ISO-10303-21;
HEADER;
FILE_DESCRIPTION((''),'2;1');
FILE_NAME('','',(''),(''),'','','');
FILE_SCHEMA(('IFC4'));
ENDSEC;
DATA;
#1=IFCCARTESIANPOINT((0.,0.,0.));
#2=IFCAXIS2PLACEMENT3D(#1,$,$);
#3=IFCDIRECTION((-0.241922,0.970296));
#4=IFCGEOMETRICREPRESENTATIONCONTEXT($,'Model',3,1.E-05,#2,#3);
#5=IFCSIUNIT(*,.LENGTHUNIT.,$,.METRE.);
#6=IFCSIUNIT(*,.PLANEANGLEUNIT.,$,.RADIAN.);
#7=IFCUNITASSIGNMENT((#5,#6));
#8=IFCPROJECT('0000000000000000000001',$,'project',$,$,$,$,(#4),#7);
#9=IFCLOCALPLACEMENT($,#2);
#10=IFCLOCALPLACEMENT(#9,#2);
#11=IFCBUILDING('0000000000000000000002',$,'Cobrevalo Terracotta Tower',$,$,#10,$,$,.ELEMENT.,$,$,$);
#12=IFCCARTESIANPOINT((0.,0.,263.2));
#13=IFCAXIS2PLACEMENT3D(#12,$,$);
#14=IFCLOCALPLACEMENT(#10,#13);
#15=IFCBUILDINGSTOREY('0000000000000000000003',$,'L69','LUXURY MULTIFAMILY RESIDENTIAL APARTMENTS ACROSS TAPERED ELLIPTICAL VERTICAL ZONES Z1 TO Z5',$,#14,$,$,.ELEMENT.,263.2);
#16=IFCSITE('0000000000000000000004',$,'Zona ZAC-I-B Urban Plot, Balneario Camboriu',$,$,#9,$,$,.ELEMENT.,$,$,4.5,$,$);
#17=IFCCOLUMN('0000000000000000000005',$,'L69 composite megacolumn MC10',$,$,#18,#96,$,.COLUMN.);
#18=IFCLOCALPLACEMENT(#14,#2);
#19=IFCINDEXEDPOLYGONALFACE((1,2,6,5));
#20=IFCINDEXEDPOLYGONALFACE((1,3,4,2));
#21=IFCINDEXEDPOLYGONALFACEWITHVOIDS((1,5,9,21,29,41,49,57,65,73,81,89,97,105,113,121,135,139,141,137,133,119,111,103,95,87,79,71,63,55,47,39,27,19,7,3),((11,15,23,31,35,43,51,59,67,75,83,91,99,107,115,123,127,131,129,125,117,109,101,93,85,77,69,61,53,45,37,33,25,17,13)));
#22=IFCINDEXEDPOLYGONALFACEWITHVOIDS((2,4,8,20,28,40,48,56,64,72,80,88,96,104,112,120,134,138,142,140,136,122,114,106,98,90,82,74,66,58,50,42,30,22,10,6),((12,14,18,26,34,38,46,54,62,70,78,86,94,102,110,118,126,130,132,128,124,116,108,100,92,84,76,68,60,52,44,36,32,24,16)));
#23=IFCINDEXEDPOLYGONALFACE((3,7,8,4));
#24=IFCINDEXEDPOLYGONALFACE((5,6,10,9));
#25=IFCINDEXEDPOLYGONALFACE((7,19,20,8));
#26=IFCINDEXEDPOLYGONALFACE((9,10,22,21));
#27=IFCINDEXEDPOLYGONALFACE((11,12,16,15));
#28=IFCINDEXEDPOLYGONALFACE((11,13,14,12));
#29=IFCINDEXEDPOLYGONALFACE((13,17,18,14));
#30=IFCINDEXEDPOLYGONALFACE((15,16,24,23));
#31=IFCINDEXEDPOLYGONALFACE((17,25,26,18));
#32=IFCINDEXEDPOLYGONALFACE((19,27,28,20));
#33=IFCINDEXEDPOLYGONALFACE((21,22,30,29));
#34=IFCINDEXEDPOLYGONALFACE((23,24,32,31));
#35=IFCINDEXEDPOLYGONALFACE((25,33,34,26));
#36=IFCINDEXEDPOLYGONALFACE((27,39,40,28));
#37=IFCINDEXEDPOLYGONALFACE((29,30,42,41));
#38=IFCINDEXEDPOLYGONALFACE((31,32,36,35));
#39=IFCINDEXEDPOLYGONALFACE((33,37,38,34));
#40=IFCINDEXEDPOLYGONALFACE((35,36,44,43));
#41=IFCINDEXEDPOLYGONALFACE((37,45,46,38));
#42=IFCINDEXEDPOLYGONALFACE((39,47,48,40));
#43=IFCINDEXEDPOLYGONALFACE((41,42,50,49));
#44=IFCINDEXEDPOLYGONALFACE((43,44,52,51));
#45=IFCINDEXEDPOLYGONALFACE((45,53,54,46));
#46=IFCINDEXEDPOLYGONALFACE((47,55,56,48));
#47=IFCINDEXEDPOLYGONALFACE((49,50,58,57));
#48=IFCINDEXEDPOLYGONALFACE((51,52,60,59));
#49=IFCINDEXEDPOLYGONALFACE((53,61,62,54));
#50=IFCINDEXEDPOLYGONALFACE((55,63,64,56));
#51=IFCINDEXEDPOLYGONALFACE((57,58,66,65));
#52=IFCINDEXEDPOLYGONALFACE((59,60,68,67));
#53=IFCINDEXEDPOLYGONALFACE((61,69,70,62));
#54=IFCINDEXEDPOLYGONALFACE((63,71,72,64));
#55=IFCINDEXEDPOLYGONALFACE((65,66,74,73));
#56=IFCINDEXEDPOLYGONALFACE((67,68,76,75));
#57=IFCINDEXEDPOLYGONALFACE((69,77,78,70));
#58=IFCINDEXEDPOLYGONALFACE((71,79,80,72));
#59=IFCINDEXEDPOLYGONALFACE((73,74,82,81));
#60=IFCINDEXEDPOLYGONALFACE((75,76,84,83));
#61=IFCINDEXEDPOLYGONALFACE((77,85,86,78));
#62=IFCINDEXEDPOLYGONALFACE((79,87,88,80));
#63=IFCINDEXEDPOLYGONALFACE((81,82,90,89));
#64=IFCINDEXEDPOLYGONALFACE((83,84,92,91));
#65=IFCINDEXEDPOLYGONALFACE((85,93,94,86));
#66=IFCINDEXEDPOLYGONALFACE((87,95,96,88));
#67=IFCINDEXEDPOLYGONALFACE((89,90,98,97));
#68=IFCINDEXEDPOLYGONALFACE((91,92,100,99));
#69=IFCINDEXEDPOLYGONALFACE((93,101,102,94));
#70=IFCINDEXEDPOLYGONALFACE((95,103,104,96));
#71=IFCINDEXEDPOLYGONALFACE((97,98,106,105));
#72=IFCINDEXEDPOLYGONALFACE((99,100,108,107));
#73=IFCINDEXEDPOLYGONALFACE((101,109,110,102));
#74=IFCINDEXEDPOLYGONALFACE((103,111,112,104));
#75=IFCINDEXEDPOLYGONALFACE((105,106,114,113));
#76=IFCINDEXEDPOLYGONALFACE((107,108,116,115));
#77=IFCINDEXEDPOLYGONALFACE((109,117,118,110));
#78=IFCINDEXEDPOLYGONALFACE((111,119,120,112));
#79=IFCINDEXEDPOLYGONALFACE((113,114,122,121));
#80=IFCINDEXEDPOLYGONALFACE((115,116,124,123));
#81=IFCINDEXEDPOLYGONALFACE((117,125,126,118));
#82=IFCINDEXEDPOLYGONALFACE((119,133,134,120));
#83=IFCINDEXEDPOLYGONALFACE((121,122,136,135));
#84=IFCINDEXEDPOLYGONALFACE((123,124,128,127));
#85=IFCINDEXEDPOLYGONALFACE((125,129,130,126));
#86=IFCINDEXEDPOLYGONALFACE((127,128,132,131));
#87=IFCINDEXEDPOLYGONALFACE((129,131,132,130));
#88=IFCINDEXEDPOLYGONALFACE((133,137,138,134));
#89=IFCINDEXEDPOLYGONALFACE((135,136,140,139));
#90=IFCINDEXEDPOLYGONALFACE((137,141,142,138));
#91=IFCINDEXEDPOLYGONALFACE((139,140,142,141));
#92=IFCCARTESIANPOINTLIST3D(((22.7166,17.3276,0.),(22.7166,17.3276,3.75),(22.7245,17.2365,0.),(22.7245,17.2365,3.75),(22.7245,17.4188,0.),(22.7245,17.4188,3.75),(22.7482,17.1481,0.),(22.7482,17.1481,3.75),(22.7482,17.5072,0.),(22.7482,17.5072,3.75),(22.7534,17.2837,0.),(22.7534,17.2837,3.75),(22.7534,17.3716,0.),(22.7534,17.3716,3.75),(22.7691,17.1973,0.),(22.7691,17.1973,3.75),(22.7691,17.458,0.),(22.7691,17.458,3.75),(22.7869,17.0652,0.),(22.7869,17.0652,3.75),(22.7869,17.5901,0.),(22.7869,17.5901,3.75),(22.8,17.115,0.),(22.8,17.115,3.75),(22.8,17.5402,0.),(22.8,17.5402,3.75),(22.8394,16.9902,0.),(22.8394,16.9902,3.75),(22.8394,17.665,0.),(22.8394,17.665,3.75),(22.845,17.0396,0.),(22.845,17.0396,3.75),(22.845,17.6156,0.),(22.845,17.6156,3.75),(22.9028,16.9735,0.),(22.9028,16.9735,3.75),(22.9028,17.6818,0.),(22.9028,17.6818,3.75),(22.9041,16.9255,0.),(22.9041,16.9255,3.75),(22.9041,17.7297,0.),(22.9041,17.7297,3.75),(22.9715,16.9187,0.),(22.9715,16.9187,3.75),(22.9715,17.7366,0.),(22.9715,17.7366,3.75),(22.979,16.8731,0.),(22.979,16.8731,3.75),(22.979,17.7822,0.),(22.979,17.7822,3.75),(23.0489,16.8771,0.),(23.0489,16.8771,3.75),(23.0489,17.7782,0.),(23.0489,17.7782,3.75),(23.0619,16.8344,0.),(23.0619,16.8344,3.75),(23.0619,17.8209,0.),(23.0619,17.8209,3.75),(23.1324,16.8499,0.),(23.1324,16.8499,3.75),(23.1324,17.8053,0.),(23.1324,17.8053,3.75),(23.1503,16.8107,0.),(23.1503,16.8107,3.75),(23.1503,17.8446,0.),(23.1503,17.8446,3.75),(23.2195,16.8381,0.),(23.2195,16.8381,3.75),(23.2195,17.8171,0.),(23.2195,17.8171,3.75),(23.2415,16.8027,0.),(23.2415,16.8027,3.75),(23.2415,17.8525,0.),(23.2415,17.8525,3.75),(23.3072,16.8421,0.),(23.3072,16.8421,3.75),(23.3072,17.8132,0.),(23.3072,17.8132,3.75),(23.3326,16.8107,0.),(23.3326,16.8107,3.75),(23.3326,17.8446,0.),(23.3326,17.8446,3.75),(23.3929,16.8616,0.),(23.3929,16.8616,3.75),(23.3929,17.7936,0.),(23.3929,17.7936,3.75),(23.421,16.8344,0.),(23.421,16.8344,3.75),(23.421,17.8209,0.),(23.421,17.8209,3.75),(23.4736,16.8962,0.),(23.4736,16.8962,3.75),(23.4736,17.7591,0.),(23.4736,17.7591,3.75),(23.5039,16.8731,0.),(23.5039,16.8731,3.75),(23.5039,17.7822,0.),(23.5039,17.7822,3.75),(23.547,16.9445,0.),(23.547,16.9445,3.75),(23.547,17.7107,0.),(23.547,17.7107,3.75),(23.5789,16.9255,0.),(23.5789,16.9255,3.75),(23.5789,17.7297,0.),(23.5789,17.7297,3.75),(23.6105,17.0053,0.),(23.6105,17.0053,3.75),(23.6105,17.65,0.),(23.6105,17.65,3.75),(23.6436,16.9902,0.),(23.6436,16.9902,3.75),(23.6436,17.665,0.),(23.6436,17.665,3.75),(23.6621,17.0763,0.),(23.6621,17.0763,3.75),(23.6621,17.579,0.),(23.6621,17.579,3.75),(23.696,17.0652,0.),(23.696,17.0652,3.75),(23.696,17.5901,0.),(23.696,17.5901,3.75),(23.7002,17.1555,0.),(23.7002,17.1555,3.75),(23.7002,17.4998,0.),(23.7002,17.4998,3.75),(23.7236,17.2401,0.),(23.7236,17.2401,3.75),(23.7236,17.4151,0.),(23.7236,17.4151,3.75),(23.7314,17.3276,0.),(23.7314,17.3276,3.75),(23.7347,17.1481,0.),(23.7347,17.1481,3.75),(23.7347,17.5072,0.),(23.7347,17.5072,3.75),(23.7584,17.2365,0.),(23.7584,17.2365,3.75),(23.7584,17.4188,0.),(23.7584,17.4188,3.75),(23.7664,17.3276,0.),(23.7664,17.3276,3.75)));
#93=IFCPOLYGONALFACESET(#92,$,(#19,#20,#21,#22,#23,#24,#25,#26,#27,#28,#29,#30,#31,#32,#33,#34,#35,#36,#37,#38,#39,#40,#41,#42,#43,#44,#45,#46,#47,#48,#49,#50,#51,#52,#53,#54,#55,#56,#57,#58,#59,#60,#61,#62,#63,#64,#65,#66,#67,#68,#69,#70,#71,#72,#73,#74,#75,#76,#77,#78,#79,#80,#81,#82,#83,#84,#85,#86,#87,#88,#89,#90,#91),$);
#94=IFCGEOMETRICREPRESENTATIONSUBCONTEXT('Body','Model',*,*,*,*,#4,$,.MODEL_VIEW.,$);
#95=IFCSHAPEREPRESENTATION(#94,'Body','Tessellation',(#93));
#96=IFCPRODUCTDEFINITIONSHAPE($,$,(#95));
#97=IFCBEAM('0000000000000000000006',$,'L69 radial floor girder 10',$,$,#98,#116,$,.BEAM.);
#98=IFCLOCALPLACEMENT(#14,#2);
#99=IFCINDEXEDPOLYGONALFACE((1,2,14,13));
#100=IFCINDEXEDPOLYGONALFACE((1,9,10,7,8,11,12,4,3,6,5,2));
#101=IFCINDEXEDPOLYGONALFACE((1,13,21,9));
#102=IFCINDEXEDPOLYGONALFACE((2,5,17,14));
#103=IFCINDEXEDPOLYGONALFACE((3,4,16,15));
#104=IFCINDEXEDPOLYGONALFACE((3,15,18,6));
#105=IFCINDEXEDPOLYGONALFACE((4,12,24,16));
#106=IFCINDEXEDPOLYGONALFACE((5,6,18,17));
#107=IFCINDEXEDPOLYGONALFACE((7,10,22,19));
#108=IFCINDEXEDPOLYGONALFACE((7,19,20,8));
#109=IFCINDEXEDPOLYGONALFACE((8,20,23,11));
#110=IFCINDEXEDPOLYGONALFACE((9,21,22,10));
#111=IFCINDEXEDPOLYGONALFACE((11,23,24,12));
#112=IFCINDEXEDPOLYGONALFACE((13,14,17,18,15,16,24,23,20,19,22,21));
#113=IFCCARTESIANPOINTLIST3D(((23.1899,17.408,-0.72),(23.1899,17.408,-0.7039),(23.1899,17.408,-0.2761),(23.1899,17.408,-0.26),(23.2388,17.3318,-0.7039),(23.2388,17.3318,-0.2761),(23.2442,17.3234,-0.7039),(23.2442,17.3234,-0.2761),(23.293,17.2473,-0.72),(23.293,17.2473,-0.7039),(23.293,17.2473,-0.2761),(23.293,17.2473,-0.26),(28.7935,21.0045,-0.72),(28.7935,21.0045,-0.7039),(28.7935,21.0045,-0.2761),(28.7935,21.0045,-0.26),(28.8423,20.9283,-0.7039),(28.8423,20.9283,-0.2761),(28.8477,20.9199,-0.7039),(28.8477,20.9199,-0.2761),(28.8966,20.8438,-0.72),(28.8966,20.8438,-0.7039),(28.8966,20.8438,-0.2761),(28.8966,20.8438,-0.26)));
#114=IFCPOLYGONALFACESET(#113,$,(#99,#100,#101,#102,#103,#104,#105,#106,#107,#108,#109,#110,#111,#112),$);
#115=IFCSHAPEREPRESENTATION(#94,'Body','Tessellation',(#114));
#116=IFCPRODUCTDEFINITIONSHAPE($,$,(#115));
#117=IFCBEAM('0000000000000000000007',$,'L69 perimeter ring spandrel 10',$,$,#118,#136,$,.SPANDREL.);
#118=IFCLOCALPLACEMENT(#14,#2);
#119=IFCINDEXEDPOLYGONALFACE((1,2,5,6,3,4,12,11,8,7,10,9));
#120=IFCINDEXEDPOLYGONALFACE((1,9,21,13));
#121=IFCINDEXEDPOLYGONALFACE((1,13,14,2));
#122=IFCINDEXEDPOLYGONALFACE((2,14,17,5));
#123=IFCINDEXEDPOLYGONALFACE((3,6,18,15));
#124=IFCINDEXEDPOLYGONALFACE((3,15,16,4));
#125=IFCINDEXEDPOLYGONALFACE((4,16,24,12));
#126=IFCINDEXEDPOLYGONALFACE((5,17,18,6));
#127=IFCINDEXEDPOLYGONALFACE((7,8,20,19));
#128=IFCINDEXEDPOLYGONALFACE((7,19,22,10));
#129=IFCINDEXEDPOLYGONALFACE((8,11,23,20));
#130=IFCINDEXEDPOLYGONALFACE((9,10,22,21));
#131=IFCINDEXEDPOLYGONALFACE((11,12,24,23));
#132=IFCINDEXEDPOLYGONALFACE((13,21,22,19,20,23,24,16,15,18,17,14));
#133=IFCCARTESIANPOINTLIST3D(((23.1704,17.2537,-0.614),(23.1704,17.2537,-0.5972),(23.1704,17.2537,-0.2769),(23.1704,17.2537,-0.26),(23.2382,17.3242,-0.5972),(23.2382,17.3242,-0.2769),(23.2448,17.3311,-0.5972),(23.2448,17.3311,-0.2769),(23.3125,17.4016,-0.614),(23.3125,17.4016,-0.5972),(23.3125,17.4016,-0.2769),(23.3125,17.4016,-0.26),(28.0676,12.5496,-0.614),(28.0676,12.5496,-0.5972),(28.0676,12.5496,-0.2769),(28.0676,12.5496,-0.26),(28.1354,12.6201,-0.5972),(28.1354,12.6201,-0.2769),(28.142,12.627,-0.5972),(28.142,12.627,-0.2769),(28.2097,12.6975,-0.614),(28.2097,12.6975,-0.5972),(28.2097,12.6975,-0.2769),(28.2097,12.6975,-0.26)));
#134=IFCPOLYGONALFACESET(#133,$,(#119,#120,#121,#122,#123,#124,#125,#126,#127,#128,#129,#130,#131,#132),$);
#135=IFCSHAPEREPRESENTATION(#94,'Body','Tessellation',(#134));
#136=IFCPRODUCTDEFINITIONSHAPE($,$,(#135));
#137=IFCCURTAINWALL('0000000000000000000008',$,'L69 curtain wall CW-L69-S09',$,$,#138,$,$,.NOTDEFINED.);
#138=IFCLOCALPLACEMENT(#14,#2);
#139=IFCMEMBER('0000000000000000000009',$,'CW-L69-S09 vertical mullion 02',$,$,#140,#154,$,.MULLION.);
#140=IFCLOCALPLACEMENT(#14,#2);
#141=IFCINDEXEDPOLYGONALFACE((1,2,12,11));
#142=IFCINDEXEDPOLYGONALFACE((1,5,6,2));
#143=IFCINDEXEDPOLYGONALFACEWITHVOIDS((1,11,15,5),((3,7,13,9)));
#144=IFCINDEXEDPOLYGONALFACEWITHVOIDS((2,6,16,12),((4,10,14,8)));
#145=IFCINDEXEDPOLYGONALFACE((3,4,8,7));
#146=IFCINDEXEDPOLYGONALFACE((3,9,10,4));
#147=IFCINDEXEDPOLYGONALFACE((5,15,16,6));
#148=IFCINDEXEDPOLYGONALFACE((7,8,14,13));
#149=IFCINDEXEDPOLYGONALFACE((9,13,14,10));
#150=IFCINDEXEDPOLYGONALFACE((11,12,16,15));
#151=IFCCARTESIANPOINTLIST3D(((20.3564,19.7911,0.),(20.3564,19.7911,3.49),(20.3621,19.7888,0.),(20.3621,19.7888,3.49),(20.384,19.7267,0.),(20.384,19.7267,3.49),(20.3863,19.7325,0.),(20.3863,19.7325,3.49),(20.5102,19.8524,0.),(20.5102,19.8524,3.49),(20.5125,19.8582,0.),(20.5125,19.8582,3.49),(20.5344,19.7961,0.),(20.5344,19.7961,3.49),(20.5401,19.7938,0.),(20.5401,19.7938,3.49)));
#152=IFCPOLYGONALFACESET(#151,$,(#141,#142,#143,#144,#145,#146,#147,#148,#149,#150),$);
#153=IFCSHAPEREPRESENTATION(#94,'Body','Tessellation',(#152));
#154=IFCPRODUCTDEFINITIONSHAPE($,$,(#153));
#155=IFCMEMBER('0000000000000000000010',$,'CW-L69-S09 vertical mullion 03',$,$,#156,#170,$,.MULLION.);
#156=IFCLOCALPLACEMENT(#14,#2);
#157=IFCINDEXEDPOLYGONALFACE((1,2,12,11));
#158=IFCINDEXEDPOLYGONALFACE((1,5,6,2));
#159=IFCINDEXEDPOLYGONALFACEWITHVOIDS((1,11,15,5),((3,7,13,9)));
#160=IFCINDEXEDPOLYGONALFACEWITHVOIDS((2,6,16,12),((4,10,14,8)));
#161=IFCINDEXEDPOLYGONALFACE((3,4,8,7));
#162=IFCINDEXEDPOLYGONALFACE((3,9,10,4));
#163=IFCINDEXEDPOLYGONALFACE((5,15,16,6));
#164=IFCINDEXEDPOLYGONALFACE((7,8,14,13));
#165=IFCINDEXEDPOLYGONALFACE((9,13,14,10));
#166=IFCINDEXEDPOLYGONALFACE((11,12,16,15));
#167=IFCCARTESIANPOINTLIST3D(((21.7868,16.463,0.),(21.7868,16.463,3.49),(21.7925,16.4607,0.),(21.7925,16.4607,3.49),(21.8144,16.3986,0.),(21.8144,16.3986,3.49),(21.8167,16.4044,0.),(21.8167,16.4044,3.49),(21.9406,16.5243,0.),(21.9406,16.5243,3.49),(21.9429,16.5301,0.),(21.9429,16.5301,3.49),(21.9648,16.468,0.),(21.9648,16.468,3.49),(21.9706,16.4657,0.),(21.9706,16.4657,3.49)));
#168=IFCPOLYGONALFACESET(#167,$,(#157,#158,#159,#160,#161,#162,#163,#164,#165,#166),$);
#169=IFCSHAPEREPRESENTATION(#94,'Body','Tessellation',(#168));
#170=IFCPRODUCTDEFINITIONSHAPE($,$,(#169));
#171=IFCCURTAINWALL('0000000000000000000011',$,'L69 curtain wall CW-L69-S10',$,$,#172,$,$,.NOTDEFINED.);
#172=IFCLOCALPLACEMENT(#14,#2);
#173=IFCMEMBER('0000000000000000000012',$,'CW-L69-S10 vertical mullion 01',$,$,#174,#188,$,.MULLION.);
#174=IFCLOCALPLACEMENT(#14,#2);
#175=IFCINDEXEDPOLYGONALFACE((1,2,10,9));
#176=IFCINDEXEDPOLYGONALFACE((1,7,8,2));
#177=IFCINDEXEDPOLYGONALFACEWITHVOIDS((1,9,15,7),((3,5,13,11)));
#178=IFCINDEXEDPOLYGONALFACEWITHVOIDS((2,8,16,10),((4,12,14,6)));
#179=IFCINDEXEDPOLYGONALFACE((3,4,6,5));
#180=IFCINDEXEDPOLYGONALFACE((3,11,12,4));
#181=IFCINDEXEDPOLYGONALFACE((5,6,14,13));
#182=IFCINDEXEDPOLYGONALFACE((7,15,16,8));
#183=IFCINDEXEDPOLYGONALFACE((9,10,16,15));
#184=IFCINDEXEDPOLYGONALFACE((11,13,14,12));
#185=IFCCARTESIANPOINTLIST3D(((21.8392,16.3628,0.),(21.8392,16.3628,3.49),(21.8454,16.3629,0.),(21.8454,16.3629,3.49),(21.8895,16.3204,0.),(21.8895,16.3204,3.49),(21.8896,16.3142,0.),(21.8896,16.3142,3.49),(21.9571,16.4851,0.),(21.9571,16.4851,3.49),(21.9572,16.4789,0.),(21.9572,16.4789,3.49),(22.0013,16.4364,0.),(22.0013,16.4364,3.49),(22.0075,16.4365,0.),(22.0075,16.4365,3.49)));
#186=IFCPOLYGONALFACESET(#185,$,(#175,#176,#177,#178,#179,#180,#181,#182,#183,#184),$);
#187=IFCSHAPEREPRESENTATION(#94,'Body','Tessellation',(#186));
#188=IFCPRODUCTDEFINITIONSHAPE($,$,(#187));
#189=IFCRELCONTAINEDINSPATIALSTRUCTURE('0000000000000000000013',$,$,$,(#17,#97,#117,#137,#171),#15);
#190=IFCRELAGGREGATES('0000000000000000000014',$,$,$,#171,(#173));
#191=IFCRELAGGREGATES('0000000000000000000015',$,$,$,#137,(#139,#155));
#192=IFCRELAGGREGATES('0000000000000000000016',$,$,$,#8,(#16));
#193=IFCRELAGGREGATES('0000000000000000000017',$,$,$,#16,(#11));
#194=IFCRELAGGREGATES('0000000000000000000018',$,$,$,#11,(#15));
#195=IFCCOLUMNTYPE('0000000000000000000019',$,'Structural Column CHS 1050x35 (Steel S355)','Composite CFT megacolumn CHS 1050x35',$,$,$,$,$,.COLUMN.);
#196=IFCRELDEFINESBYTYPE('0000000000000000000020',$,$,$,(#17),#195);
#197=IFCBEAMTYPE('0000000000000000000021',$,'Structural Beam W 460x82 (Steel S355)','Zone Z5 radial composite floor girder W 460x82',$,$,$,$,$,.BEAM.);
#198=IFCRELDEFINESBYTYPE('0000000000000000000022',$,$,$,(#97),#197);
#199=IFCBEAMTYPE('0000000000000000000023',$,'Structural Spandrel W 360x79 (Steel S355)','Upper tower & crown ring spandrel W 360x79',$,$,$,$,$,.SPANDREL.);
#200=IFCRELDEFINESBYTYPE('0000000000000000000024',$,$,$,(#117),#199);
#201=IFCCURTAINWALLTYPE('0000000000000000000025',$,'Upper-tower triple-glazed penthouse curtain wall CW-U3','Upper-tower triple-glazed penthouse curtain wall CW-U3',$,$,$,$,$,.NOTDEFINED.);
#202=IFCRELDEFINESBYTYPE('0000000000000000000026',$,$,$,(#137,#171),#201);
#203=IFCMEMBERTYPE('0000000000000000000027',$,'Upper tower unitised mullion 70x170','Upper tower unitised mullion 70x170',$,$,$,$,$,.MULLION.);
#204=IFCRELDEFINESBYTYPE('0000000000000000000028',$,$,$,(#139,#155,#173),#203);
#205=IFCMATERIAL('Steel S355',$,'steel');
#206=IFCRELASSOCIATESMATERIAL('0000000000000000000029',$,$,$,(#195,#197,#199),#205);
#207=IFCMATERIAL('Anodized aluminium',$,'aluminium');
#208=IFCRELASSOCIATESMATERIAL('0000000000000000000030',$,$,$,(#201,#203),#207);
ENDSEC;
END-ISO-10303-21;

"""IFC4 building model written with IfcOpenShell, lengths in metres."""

from ifc_helpers import new_model, si_unit, direction, frame, origin, origin_2d, place, context, subcontext, project, spatial, hollow_rectangle, hollow_circle, i_section, extrude, source, transform, mapped, material, material_profile, profile_set, type_object, element, aggregate, save


model = new_model("IFC4")

# Units and contexts
model_context = context("Model", 3, precision=1e-05, world=origin(), true_north=direction((-0.241922, 0.970296)))
body_context = subcontext(model_context, "Body", "Model", "MODEL_VIEW")
ifc_project = project(units=[si_unit("LENGTHUNIT", "METRE"), si_unit("PLANEANGLEUNIT", "RADIAN")], contexts=[model_context])

# Site, building, storey
site_placement = place(None, origin())
site = spatial("IfcSite", under=ifc_project, at=site_placement, Name="Zona ZAC-I-B Urban Plot, Balneario Camboriu", CompositionType="ELEMENT", RefElevation=4.5)
building_placement = place(site_placement, origin())
building = spatial("IfcBuilding", under=site, at=building_placement, Name="Cobrevalo Terracotta Tower", CompositionType="ELEMENT")
storey_placement = place(building_placement, frame((0.0, 0.0, 263.2)))
storey = spatial("IfcBuildingStorey", under=building, at=storey_placement, Name="L69", Description="LUXURY MULTIFAMILY RESIDENTIAL APARTMENTS ACROSS TAPERED ELLIPTICAL VERTICAL ZONES Z1 TO Z5", CompositionType="ELEMENT", Elevation=263.2)

# Column
ifc_material_1 = material(Name="Steel S355", Category="steel")
ifc_material_profile_1 = material_profile(ifc_material_1, hollow_circle(Radius=0.5249, WallThickness=0.0349, at=origin_2d()), Name="CHS 1050x35")
ifc_profile_set_1 = profile_set([ifc_material_profile_1], Name="Steel S355")
column_type = type_object("IfcColumnType", Name="Structural Column CHS 1050x35 (Steel S355)", Description="Composite CFT megacolumn CHS 1050x35", PredefinedType="COLUMN", material=ifc_profile_set_1)
column_placement = place(storey_placement, frame((23.2415, 17.3276, 0.0), z_axis=(0.0, 0.0, 1.0), x_axis=(1.0, 0.0, 0.0)))
element("IfcColumn", 1, at=column_placement, inside=storey, type_object=column_type, Name="L69 composite megacolumn MC10", PredefinedType="COLUMN", context=body_context, shape_type="SweptSolid", body=[
    extrude(hollow_circle(Radius=0.5249, WallThickness=0.0349, at=origin_2d()), origin(), (0.0, 0.0, 1.0), 3.75),
])

# Beams
ifc_material_profile_2 = material_profile(ifc_material_1, i_section(OverallWidth=0.1909, OverallDepth=0.46, WebThickness=0.01, FlangeThickness=0.0161, at=origin_2d()), Name="W 460x82")
ifc_profile_set_2 = profile_set([ifc_material_profile_2], Name="Steel S355")
beam_type_1 = type_object("IfcBeamType", Name="Structural Beam W 460x82 (Steel S355)", Description="Zone Z5 radial composite floor girder W 460x82", PredefinedType="BEAM", material=ifc_profile_set_2)
beam_1_placement = place(storey_placement, frame((23.2415, 17.3276, -0.49), z_axis=(0.841576, 0.540138, 0.0), x_axis=(-0.540138, 0.841576, 0.0)))
element("IfcBeam", 2, at=beam_1_placement, inside=storey, type_object=beam_type_1, Name="L69 radial floor girder 10", PredefinedType="BEAM", context=body_context, shape_type="SweptSolid", body=[
    extrude(i_section(OverallWidth=0.1909, OverallDepth=0.46, WebThickness=0.01, FlangeThickness=0.0161, at=origin_2d()), origin(), (0.0, 0.0, 1.0), 6.6584),
])
ifc_material_profile_3 = material_profile(ifc_material_1, i_section(OverallWidth=0.2051, OverallDepth=0.354, WebThickness=0.0095, FlangeThickness=0.0168, at=origin_2d()), Name="W 360x79")
ifc_profile_set_3 = profile_set([ifc_material_profile_3], Name="Steel S355")
beam_type_2 = type_object("IfcBeamType", Name="Structural Spandrel W 360x79 (Steel S355)", Description="Upper tower & crown ring spandrel W 360x79", PredefinedType="SPANDREL", material=ifc_profile_set_3)
beam_2_placement = place(storey_placement, frame((23.2415, 17.3276, -0.437), z_axis=(0.721183, -0.692744, 0.0), x_axis=(0.692744, 0.721183, 0.0)))
element("IfcBeam", 3, at=beam_2_placement, inside=storey, type_object=beam_type_2, Name="L69 perimeter ring spandrel 10", PredefinedType="SPANDREL", context=body_context, shape_type="SweptSolid", body=[
    extrude(i_section(OverallWidth=0.2051, OverallDepth=0.354, WebThickness=0.0095, FlangeThickness=0.0168, at=origin_2d()), origin(), (0.0, 0.0, 1.0), 6.7905),
])

# Curtain walls, members
ifc_material_2 = material(Name="Anodized aluminium", Category="aluminium")
curtain_wall_type = type_object("IfcCurtainWallType", Name="Upper-tower triple-glazed penthouse curtain wall CW-U3", Description="Upper-tower triple-glazed penthouse curtain wall CW-U3", PredefinedType="NOTDEFINED", material=ifc_material_2)
curtain_wall_1_placement = place(storey_placement, origin())
curtain_wall_1 = element("IfcCurtainWall", 4, at=curtain_wall_1_placement, inside=storey, type_object=curtain_wall_type, Name="L69 curtain wall CW-L69-S09", PredefinedType="NOTDEFINED")
ifc_material_profile_4 = material_profile(ifc_material_2, hollow_rectangle(XDim=0.0701, YDim=0.1699, WallThickness=0.0044, at=origin_2d()), Name="CWM 70x170")
ifc_profile_set_4 = profile_set([ifc_material_profile_4], Name="Anodized aluminium")
member_type_1 = type_object("IfcMemberType", Name="Upper tower unitised mullion 70x170", Description="Upper tower unitised mullion 70x170", PredefinedType="MULLION", material=ifc_profile_set_4)
shared_shape_1 = source(origin(), body_context, "Body", "SweptSolid", [
    extrude(hollow_rectangle(XDim=0.0701, YDim=0.1699, WallThickness=0.0044, at=origin_2d()), origin(), (0.0, 0.0, 1.0), 3.49),
])
member_1_placement = place(storey_placement, frame((20.4482, 19.7925, 0.0), z_axis=(0.0, 0.0, 1.0), x_axis=(0.394824, -0.918757, 0.0)))
member_1 = element("IfcMember", 5, at=member_1_placement, type_object=member_type_1, Name="CW-L69-S09 vertical mullion 02", PredefinedType="MULLION", context=body_context, shape_type="MappedRepresentation", body=[
    mapped(shared_shape_1, transform((0.0, 0.0, 0.0), scale=1.0)),
])
member_2_placement = place(storey_placement, frame((21.8787, 16.4644, 0.0), z_axis=(0.0, 0.0, 1.0), x_axis=(0.394824, -0.918757, 0.0)))
member_2 = element("IfcMember", 6, at=member_2_placement, type_object=member_type_1, Name="CW-L69-S09 vertical mullion 03", PredefinedType="MULLION", context=body_context, shape_type="MappedRepresentation", body=[
    mapped(shared_shape_1, transform((0.0, 0.0, 0.0), scale=1.0)),
])
curtain_wall_2_placement = place(storey_placement, origin())
curtain_wall_2 = element("IfcCurtainWall", 7, at=curtain_wall_2_placement, inside=storey, type_object=curtain_wall_type, Name="L69 curtain wall CW-L69-S10", PredefinedType="NOTDEFINED")
member_3_placement = place(storey_placement, frame((21.9233, 16.3997, 0.0), z_axis=(0.0, 0.0, 1.0), x_axis=(0.719994, -0.69398, 0.0)))
member_3 = element("IfcMember", 8, at=member_3_placement, type_object=member_type_1, Name="CW-L69-S10 vertical mullion 01", PredefinedType="MULLION", context=body_context, shape_type="MappedRepresentation", body=[
    mapped(shared_shape_1, transform((0.0, 0.0, 0.0), scale=1.0)),
])

aggregate(curtain_wall_2, [member_3])
aggregate(curtain_wall_1, [member_1, member_2])

save(model, "model.ifc")
